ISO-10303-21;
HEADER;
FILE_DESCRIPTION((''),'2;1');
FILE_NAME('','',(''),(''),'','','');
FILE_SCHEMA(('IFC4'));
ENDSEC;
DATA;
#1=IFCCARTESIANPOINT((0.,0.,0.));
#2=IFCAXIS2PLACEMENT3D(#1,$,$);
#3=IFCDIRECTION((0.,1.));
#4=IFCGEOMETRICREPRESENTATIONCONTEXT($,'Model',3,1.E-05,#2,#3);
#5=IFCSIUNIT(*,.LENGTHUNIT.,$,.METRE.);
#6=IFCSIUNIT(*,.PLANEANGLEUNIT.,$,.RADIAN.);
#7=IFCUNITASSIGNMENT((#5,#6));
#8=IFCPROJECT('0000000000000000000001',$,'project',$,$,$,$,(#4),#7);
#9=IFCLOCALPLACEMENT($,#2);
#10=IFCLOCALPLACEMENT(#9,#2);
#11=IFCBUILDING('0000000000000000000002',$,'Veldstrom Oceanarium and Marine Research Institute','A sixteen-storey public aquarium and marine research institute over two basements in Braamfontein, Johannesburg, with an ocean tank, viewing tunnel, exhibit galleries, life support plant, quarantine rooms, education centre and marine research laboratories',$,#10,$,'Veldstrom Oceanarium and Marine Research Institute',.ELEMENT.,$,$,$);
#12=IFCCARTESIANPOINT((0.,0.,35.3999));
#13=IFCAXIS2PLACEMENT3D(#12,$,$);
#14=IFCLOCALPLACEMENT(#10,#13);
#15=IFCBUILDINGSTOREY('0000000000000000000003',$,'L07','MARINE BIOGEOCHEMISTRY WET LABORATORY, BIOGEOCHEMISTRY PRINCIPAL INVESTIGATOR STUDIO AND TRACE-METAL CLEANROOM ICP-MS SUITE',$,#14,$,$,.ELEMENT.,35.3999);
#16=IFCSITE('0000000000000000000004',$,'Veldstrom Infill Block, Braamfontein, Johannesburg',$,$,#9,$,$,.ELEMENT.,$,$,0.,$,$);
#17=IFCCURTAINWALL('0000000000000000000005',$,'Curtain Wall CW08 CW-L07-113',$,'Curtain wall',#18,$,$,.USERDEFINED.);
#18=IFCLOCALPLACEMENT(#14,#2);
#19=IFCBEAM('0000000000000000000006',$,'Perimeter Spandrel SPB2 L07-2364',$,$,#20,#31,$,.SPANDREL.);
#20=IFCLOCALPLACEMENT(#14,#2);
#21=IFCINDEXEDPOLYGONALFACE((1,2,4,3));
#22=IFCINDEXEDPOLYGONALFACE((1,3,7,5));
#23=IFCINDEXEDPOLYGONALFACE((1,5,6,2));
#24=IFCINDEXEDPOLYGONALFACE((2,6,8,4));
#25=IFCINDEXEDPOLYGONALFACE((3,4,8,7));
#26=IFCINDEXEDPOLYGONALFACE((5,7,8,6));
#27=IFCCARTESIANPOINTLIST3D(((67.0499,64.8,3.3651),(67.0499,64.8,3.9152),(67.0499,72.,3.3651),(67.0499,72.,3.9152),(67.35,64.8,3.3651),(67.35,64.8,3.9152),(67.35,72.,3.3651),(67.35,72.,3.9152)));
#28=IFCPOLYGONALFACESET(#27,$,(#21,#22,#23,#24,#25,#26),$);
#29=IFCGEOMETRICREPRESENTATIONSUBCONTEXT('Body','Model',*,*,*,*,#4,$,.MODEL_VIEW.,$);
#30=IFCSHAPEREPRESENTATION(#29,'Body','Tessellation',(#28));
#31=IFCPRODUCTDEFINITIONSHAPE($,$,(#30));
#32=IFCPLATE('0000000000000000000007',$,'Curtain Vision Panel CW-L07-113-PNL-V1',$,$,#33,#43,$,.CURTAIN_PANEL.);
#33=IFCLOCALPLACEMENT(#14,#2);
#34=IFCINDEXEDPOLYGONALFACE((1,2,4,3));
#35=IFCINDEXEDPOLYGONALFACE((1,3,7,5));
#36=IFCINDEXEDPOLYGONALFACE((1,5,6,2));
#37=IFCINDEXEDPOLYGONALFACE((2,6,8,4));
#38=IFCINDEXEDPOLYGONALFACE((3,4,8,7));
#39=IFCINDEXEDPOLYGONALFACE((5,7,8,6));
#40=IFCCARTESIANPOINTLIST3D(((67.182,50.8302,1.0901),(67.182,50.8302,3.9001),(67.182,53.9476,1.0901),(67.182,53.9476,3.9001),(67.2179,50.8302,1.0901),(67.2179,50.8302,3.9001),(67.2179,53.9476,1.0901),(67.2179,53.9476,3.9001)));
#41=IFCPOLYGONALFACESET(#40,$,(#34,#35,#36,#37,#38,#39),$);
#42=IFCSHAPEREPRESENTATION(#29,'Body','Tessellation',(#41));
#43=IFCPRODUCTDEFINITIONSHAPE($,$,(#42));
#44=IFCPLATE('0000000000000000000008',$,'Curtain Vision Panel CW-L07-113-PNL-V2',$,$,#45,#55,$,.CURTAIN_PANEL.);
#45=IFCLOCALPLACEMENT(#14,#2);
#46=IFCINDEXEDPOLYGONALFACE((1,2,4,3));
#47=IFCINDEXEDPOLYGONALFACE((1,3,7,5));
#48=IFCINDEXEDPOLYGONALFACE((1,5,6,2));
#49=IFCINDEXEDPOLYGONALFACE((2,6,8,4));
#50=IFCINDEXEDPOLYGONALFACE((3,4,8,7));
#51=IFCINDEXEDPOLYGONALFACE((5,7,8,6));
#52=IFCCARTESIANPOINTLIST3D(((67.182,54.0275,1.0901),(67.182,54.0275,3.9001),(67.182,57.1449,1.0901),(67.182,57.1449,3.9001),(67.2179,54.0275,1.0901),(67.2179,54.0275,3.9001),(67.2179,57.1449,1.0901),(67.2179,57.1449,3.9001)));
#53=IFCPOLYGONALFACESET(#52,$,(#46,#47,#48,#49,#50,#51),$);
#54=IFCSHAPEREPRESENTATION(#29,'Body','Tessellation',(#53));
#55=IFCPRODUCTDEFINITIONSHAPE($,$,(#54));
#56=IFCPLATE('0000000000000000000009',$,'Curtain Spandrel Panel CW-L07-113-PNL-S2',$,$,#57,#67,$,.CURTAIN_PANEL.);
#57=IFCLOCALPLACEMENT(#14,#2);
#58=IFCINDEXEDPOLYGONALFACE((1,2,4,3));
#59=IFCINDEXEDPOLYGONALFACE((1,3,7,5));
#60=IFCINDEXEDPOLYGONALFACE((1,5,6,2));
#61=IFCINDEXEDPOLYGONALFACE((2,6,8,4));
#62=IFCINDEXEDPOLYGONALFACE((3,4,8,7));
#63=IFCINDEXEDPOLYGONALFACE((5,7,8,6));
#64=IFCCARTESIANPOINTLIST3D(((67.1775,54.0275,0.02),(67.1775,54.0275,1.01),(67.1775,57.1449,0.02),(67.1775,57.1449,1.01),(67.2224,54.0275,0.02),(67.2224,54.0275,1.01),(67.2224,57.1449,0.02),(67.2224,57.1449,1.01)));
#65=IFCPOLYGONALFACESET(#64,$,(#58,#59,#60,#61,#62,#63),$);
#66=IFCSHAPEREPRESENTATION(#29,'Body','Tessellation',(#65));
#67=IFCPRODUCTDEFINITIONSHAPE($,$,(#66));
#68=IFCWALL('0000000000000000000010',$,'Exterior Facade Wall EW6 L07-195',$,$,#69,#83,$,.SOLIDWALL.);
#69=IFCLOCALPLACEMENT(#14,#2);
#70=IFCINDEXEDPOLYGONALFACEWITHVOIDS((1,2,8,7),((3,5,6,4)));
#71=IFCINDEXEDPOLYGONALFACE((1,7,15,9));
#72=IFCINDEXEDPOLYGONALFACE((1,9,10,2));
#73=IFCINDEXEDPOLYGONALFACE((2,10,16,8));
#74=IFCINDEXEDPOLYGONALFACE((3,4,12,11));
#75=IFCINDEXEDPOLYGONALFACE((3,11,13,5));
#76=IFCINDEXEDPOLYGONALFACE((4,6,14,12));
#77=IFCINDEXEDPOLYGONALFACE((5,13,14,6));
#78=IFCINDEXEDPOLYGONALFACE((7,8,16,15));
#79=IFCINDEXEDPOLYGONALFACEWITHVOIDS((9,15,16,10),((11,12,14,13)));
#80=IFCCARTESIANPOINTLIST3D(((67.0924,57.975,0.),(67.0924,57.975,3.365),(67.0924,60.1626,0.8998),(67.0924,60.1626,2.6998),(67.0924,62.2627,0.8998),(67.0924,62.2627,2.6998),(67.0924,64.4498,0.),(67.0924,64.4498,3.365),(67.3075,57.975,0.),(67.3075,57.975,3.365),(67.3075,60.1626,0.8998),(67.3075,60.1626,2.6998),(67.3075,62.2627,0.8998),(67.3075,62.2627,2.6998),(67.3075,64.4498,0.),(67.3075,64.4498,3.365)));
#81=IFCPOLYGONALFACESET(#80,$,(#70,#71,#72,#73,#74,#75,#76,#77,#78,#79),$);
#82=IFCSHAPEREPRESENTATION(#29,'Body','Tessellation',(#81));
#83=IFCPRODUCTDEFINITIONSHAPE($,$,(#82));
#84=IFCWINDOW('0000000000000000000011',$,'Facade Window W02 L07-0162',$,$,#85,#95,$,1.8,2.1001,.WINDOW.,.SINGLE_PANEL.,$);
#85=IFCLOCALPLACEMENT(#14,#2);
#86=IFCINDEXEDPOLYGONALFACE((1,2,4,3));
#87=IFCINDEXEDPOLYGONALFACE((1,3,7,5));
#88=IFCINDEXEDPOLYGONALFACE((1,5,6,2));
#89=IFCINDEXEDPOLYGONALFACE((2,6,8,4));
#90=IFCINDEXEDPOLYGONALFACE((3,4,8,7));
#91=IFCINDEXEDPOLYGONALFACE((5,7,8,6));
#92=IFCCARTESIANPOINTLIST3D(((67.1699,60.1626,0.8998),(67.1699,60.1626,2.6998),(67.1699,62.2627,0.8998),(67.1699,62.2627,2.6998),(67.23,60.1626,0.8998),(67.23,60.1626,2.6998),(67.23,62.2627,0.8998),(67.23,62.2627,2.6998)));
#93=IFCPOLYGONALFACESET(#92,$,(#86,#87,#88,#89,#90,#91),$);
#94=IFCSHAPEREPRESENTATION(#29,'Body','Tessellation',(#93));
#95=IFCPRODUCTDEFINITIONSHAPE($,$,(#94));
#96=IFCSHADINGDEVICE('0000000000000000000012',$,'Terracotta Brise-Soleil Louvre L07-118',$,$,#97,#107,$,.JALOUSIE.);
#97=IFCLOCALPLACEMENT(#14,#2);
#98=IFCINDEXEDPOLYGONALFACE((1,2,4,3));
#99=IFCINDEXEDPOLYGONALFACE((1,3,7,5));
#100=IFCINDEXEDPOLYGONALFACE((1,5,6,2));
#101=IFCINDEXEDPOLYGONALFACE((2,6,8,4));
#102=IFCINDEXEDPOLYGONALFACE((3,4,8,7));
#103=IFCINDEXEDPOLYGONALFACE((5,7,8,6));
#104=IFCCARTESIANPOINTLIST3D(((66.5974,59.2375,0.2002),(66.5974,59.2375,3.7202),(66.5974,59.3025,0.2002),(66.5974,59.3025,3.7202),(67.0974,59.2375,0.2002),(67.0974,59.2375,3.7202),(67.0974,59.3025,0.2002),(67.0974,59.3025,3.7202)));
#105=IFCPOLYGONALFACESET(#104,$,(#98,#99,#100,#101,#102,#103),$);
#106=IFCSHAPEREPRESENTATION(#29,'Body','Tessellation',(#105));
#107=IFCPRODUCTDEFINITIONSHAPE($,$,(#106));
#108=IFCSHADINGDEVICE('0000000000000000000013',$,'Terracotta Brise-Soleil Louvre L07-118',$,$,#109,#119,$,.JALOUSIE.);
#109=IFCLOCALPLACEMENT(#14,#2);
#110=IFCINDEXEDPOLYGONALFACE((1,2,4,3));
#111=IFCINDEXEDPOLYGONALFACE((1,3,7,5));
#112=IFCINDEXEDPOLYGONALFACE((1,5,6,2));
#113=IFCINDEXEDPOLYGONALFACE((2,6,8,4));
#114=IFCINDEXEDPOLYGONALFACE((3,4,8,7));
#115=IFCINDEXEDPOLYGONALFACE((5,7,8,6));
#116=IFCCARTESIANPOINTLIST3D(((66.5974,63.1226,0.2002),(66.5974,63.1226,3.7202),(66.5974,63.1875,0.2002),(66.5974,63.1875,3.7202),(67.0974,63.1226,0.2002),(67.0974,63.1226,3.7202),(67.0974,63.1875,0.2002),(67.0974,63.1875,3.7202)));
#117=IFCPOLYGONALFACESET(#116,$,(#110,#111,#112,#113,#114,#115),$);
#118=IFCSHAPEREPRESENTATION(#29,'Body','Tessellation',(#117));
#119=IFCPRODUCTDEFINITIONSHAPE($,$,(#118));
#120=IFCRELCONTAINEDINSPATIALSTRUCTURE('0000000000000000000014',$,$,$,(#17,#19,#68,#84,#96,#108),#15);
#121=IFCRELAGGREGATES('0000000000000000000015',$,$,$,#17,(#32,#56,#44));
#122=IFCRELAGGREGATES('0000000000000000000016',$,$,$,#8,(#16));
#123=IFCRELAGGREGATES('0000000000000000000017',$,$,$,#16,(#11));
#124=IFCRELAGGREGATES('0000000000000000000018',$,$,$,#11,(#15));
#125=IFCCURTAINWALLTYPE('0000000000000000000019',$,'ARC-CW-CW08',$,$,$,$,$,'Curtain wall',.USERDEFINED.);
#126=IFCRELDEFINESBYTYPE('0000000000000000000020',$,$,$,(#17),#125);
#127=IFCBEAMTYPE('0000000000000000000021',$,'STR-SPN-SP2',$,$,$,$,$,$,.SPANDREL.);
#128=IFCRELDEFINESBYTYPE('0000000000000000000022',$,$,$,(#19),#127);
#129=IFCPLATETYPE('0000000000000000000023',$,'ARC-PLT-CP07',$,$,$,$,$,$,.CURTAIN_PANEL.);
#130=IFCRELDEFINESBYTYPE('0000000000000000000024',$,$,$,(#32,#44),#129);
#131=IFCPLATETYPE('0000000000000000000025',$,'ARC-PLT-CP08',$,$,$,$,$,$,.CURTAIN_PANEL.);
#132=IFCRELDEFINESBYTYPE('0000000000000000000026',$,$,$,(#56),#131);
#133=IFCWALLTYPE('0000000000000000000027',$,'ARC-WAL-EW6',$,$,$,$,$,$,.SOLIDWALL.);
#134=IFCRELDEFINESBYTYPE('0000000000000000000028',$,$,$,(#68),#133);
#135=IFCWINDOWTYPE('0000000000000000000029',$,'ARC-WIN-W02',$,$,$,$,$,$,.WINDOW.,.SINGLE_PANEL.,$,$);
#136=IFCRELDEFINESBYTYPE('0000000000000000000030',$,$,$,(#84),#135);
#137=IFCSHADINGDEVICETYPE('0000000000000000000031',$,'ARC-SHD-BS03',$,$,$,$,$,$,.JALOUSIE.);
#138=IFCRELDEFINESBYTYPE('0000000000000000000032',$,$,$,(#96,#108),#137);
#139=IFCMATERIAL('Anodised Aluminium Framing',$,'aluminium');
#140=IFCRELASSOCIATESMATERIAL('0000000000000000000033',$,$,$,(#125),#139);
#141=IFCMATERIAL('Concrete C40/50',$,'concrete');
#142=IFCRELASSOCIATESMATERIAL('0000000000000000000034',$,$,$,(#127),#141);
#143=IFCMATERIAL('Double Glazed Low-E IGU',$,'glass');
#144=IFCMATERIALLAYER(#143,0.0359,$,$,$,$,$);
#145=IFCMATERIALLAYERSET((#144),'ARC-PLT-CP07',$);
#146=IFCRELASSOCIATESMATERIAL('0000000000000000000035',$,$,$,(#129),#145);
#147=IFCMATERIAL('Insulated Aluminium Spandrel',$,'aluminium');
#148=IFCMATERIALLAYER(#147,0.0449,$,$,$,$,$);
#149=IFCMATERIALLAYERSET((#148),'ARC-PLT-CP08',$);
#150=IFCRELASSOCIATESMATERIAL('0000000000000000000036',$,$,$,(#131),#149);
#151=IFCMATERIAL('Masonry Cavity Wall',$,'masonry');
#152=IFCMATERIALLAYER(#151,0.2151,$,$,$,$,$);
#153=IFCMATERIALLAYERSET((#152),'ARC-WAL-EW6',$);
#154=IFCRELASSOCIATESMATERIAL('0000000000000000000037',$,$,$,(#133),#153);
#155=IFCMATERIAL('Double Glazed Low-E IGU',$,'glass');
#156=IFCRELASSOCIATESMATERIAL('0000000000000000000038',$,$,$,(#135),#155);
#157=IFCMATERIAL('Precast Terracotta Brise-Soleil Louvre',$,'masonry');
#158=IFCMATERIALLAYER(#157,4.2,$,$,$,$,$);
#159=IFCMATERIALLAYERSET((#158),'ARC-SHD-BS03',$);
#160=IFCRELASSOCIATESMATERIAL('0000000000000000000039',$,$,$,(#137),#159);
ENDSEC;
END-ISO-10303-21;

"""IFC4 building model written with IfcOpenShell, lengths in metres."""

from ifc_helpers import new_model, si_unit, direction, frame, frame_2d, origin, origin_2d, place, context, subcontext, project, spatial, rectangle, extrude, material, layer, layer_set, material_profile, profile_set, type_object, element, fill, aggregate, save


model = new_model("IFC4")

# Units and contexts
model_context = context("Model", 3, precision=1e-05, world=origin(), true_north=direction((0.0, 1.0)))
body_context = subcontext(model_context, "Body", "Model", "MODEL_VIEW")
ifc_project = project(units=[si_unit("LENGTHUNIT", "METRE"), si_unit("PLANEANGLEUNIT", "RADIAN")], contexts=[model_context])

# Site, building, storey
site_placement = place(None, origin())
site = spatial("IfcSite", under=ifc_project, at=site_placement, Name="Veldstrom Infill Block, Braamfontein, Johannesburg", CompositionType="ELEMENT", RefElevation=0.0)
building_placement = place(site_placement, origin())
building = spatial("IfcBuilding", under=site, at=building_placement, Name="Veldstrom Oceanarium and Marine Research Institute", Description="A sixteen-storey public aquarium and marine research institute over two basements in Braamfontein, Johannesburg, with an ocean tank, viewing tunnel, exhibit galleries, life support plant, quarantine rooms, education centre and marine research laboratories", LongName="Veldstrom Oceanarium and Marine Research Institute", CompositionType="ELEMENT")
storey_placement = place(building_placement, frame((0.0, 0.0, 35.3999)))
storey = spatial("IfcBuildingStorey", under=building, at=storey_placement, Name="L07", Description="MARINE BIOGEOCHEMISTRY WET LABORATORY, BIOGEOCHEMISTRY PRINCIPAL INVESTIGATOR STUDIO AND TRACE-METAL CLEANROOM ICP-MS SUITE", CompositionType="ELEMENT", Elevation=35.3999)

# Curtain wall
ifc_material_1 = material(Name="Anodised Aluminium Framing", Category="aluminium")
curtain_wall_type = type_object("IfcCurtainWallType", Name="ARC-CW-CW08", ElementType="Curtain wall", PredefinedType="USERDEFINED", material=ifc_material_1)
curtain_wall_1_placement = place(storey_placement, origin())
curtain_wall_1 = element("IfcCurtainWall", 1, at=curtain_wall_1_placement, inside=storey, type_object=curtain_wall_type, Name="Curtain Wall CW08 CW-L07-113", ObjectType="Curtain wall", PredefinedType="USERDEFINED")

# Beam
ifc_material_2 = material(Name="Concrete C40/50", Category="concrete")
ifc_material_profile_1 = material_profile(ifc_material_2, rectangle(XDim=0.3, YDim=0.55, at=origin_2d()), Name="RC-SPN-300x550")
ifc_profile_set_1 = profile_set([ifc_material_profile_1], Name="Concrete C40/50")
beam_type_1 = type_object("IfcBeamType", Name="STR-SPN-SP2", PredefinedType="SPANDREL", material=ifc_profile_set_1)
for number, where, z_axis, x_axis, name in (
    (2, (67.2, 64.8, 3.6401), (0.0, 1.0, 0.0), (-1.0, 0.0, 0.0), "Perimeter Spandrel SPB2 L07-2364"),
):
    element("IfcBeam", number, at=place(storey_placement, frame(where, z_axis=z_axis, x_axis=x_axis)), inside=storey, type_object=beam_type_1, Name=name, PredefinedType="SPANDREL", context=body_context, shape_type="SweptSolid", body=[
        extrude(rectangle(XDim=0.3, YDim=0.55, at=origin_2d()), origin(), (0.0, 0.0, 1.0), 7.2),
    ])

# Plates
ifc_material_3 = material(Name="Double Glazed Low-E IGU", Category="glass")
ifc_layer_1 = layer(ifc_material_3, 0.0359)
ifc_layer_set_1 = layer_set([ifc_layer_1], Name="ARC-PLT-CP07")
plate_type_1 = type_object("IfcPlateType", Name="ARC-PLT-CP07", PredefinedType="CURTAIN_PANEL", material=ifc_layer_set_1)
plate_1_placement = place(storey_placement, frame((67.2, 52.3889, 1.0901), z_axis=(0.0, 0.0, 1.0), x_axis=(0.0, 1.0, 0.0)))
plate_1 = element("IfcPlate", 3, at=plate_1_placement, type_object=plate_type_1, Name="Curtain Vision Panel CW-L07-113-PNL-V1", PredefinedType="CURTAIN_PANEL", context=body_context, shape_type="SweptSolid", body=[
    extrude(rectangle(XDim=3.1174, YDim=0.0359, at=origin_2d()), origin(), (0.0, 0.0, 1.0), 2.8101),
])
plate_2_placement = place(storey_placement, frame((67.2, 55.5862, 1.0901), z_axis=(0.0, 0.0, 1.0), x_axis=(0.0, 1.0, 0.0)))
plate_2 = element("IfcPlate", 4, at=plate_2_placement, type_object=plate_type_1, Name="Curtain Vision Panel CW-L07-113-PNL-V2", PredefinedType="CURTAIN_PANEL", context=body_context, shape_type="SweptSolid", body=[
    extrude(rectangle(XDim=3.1174, YDim=0.0359, at=origin_2d()), origin(), (0.0, 0.0, 1.0), 2.8101),
])
ifc_material_4 = material(Name="Insulated Aluminium Spandrel", Category="aluminium")
ifc_layer_2 = layer(ifc_material_4, 0.0449)
ifc_layer_set_2 = layer_set([ifc_layer_2], Name="ARC-PLT-CP08")
plate_type_2 = type_object("IfcPlateType", Name="ARC-PLT-CP08", PredefinedType="CURTAIN_PANEL", material=ifc_layer_set_2)
plate_3_placement = place(storey_placement, frame((67.2, 55.5862, 0.02), z_axis=(0.0, 0.0, 1.0), x_axis=(0.0, 1.0, 0.0)))
plate_3 = element("IfcPlate", 5, at=plate_3_placement, type_object=plate_type_2, Name="Curtain Spandrel Panel CW-L07-113-PNL-S2", PredefinedType="CURTAIN_PANEL", context=body_context, shape_type="SweptSolid", body=[
    extrude(rectangle(XDim=3.1174, YDim=0.0449, at=origin_2d()), origin(), (0.0, 0.0, 1.0), 0.99),
])
aggregate(curtain_wall_1, [plate_1, plate_3, plate_2])

# Wall, opening, window
ifc_material_5 = material(Name="Masonry Cavity Wall", Category="masonry")
ifc_layer_3 = layer(ifc_material_5, 0.2151)
ifc_layer_set_3 = layer_set([ifc_layer_3], Name="ARC-WAL-EW6")
wall_type = type_object("IfcWallType", Name="ARC-WAL-EW6", PredefinedType="SOLIDWALL", material=ifc_layer_set_3)
wall_placement = place(storey_placement, frame((67.2, 57.9751, 0.0), z_axis=(0.0, 0.0, 1.0), x_axis=(0.0, 1.0, 0.0)))
wall = element("IfcWall", 6, at=wall_placement, inside=storey, type_object=wall_type, Name="Exterior Facade Wall EW6 L07-195", PredefinedType="SOLIDWALL", context=body_context, shape_type="SweptSolid", body=[
    extrude(rectangle(XDim=6.4749, YDim=0.2151, at=frame_2d((3.2373, 0.0))), origin(), (0.0, 0.0, 1.0), 3.365),
])
opening_placement = place(wall_placement, frame((2.1875, 0.0, 0.8999)))
opening = element("IfcOpeningElement", 7, at=opening_placement, cuts=wall, PredefinedType="OPENING", context=body_context, shape_type="SweptSolid", body=[
    extrude(rectangle(XDim=2.1001, YDim=1.8, at=frame_2d((1.05, 0.8999))), frame((0.0, 0.1174, 0.0), z_axis=(0.0, -1.0, 0.0), x_axis=(1.0, 0.0, 0.0)), (0.0, 0.0, 1.0), 0.2351),
])
ifc_material_6 = material(Name="Double Glazed Low-E IGU", Category="glass")
window_type = type_object("IfcWindowType", Name="ARC-WIN-W02", PartitioningType="SINGLE_PANEL", PredefinedType="WINDOW", material=ifc_material_6)
window_placement = place(opening_placement, origin())
window = element("IfcWindow", 8, at=window_placement, inside=storey, type_object=window_type, Name="Facade Window W02 L07-0162", OverallHeight=1.8, OverallWidth=2.1001, PartitioningType="SINGLE_PANEL", PredefinedType="WINDOW", context=body_context, shape_type="SweptSolid", body=[
    extrude(rectangle(XDim=2.1001, YDim=1.8, at=frame_2d((1.05, 0.8999))), frame((0.0, 0.03, 0.0), z_axis=(0.0, -1.0, 0.0), x_axis=(1.0, 0.0, 0.0)), (0.0, 0.0, 1.0), 0.0601),
])
fill(opening, window)

# Shading devices
ifc_material_7 = material(Name="Precast Terracotta Brise-Soleil Louvre", Category="masonry")
ifc_layer_4 = layer(ifc_material_7, 4.2)
ifc_layer_set_4 = layer_set([ifc_layer_4], Name="ARC-SHD-BS03")
shading_device_type = type_object("IfcShadingDeviceType", Name="ARC-SHD-BS03", PredefinedType="JALOUSIE", material=ifc_layer_set_4)
for number, where, z_axis, x_axis, name in (
    (9, (66.8474, 59.27, 0.2002), (0.0, 0.0, 1.0), (1.0, 0.0, 0.0), "Terracotta Brise-Soleil Louvre L07-118"),
    (10, (66.8474, 63.155, 0.2002), (0.0, 0.0, 1.0), (1.0, 0.0, 0.0), "Terracotta Brise-Soleil Louvre L07-118"),
):
    element("IfcShadingDevice", number, at=place(storey_placement, frame(where, z_axis=z_axis, x_axis=x_axis)), inside=storey, type_object=shading_device_type, Name=name, PredefinedType="JALOUSIE", context=body_context, shape_type="SweptSolid", body=[
        extrude(rectangle(XDim=0.5, YDim=0.0649, at=origin_2d()), origin(), (0.0, 0.0, 1.0), 3.52),
    ])

save(model, "model.ifc")
